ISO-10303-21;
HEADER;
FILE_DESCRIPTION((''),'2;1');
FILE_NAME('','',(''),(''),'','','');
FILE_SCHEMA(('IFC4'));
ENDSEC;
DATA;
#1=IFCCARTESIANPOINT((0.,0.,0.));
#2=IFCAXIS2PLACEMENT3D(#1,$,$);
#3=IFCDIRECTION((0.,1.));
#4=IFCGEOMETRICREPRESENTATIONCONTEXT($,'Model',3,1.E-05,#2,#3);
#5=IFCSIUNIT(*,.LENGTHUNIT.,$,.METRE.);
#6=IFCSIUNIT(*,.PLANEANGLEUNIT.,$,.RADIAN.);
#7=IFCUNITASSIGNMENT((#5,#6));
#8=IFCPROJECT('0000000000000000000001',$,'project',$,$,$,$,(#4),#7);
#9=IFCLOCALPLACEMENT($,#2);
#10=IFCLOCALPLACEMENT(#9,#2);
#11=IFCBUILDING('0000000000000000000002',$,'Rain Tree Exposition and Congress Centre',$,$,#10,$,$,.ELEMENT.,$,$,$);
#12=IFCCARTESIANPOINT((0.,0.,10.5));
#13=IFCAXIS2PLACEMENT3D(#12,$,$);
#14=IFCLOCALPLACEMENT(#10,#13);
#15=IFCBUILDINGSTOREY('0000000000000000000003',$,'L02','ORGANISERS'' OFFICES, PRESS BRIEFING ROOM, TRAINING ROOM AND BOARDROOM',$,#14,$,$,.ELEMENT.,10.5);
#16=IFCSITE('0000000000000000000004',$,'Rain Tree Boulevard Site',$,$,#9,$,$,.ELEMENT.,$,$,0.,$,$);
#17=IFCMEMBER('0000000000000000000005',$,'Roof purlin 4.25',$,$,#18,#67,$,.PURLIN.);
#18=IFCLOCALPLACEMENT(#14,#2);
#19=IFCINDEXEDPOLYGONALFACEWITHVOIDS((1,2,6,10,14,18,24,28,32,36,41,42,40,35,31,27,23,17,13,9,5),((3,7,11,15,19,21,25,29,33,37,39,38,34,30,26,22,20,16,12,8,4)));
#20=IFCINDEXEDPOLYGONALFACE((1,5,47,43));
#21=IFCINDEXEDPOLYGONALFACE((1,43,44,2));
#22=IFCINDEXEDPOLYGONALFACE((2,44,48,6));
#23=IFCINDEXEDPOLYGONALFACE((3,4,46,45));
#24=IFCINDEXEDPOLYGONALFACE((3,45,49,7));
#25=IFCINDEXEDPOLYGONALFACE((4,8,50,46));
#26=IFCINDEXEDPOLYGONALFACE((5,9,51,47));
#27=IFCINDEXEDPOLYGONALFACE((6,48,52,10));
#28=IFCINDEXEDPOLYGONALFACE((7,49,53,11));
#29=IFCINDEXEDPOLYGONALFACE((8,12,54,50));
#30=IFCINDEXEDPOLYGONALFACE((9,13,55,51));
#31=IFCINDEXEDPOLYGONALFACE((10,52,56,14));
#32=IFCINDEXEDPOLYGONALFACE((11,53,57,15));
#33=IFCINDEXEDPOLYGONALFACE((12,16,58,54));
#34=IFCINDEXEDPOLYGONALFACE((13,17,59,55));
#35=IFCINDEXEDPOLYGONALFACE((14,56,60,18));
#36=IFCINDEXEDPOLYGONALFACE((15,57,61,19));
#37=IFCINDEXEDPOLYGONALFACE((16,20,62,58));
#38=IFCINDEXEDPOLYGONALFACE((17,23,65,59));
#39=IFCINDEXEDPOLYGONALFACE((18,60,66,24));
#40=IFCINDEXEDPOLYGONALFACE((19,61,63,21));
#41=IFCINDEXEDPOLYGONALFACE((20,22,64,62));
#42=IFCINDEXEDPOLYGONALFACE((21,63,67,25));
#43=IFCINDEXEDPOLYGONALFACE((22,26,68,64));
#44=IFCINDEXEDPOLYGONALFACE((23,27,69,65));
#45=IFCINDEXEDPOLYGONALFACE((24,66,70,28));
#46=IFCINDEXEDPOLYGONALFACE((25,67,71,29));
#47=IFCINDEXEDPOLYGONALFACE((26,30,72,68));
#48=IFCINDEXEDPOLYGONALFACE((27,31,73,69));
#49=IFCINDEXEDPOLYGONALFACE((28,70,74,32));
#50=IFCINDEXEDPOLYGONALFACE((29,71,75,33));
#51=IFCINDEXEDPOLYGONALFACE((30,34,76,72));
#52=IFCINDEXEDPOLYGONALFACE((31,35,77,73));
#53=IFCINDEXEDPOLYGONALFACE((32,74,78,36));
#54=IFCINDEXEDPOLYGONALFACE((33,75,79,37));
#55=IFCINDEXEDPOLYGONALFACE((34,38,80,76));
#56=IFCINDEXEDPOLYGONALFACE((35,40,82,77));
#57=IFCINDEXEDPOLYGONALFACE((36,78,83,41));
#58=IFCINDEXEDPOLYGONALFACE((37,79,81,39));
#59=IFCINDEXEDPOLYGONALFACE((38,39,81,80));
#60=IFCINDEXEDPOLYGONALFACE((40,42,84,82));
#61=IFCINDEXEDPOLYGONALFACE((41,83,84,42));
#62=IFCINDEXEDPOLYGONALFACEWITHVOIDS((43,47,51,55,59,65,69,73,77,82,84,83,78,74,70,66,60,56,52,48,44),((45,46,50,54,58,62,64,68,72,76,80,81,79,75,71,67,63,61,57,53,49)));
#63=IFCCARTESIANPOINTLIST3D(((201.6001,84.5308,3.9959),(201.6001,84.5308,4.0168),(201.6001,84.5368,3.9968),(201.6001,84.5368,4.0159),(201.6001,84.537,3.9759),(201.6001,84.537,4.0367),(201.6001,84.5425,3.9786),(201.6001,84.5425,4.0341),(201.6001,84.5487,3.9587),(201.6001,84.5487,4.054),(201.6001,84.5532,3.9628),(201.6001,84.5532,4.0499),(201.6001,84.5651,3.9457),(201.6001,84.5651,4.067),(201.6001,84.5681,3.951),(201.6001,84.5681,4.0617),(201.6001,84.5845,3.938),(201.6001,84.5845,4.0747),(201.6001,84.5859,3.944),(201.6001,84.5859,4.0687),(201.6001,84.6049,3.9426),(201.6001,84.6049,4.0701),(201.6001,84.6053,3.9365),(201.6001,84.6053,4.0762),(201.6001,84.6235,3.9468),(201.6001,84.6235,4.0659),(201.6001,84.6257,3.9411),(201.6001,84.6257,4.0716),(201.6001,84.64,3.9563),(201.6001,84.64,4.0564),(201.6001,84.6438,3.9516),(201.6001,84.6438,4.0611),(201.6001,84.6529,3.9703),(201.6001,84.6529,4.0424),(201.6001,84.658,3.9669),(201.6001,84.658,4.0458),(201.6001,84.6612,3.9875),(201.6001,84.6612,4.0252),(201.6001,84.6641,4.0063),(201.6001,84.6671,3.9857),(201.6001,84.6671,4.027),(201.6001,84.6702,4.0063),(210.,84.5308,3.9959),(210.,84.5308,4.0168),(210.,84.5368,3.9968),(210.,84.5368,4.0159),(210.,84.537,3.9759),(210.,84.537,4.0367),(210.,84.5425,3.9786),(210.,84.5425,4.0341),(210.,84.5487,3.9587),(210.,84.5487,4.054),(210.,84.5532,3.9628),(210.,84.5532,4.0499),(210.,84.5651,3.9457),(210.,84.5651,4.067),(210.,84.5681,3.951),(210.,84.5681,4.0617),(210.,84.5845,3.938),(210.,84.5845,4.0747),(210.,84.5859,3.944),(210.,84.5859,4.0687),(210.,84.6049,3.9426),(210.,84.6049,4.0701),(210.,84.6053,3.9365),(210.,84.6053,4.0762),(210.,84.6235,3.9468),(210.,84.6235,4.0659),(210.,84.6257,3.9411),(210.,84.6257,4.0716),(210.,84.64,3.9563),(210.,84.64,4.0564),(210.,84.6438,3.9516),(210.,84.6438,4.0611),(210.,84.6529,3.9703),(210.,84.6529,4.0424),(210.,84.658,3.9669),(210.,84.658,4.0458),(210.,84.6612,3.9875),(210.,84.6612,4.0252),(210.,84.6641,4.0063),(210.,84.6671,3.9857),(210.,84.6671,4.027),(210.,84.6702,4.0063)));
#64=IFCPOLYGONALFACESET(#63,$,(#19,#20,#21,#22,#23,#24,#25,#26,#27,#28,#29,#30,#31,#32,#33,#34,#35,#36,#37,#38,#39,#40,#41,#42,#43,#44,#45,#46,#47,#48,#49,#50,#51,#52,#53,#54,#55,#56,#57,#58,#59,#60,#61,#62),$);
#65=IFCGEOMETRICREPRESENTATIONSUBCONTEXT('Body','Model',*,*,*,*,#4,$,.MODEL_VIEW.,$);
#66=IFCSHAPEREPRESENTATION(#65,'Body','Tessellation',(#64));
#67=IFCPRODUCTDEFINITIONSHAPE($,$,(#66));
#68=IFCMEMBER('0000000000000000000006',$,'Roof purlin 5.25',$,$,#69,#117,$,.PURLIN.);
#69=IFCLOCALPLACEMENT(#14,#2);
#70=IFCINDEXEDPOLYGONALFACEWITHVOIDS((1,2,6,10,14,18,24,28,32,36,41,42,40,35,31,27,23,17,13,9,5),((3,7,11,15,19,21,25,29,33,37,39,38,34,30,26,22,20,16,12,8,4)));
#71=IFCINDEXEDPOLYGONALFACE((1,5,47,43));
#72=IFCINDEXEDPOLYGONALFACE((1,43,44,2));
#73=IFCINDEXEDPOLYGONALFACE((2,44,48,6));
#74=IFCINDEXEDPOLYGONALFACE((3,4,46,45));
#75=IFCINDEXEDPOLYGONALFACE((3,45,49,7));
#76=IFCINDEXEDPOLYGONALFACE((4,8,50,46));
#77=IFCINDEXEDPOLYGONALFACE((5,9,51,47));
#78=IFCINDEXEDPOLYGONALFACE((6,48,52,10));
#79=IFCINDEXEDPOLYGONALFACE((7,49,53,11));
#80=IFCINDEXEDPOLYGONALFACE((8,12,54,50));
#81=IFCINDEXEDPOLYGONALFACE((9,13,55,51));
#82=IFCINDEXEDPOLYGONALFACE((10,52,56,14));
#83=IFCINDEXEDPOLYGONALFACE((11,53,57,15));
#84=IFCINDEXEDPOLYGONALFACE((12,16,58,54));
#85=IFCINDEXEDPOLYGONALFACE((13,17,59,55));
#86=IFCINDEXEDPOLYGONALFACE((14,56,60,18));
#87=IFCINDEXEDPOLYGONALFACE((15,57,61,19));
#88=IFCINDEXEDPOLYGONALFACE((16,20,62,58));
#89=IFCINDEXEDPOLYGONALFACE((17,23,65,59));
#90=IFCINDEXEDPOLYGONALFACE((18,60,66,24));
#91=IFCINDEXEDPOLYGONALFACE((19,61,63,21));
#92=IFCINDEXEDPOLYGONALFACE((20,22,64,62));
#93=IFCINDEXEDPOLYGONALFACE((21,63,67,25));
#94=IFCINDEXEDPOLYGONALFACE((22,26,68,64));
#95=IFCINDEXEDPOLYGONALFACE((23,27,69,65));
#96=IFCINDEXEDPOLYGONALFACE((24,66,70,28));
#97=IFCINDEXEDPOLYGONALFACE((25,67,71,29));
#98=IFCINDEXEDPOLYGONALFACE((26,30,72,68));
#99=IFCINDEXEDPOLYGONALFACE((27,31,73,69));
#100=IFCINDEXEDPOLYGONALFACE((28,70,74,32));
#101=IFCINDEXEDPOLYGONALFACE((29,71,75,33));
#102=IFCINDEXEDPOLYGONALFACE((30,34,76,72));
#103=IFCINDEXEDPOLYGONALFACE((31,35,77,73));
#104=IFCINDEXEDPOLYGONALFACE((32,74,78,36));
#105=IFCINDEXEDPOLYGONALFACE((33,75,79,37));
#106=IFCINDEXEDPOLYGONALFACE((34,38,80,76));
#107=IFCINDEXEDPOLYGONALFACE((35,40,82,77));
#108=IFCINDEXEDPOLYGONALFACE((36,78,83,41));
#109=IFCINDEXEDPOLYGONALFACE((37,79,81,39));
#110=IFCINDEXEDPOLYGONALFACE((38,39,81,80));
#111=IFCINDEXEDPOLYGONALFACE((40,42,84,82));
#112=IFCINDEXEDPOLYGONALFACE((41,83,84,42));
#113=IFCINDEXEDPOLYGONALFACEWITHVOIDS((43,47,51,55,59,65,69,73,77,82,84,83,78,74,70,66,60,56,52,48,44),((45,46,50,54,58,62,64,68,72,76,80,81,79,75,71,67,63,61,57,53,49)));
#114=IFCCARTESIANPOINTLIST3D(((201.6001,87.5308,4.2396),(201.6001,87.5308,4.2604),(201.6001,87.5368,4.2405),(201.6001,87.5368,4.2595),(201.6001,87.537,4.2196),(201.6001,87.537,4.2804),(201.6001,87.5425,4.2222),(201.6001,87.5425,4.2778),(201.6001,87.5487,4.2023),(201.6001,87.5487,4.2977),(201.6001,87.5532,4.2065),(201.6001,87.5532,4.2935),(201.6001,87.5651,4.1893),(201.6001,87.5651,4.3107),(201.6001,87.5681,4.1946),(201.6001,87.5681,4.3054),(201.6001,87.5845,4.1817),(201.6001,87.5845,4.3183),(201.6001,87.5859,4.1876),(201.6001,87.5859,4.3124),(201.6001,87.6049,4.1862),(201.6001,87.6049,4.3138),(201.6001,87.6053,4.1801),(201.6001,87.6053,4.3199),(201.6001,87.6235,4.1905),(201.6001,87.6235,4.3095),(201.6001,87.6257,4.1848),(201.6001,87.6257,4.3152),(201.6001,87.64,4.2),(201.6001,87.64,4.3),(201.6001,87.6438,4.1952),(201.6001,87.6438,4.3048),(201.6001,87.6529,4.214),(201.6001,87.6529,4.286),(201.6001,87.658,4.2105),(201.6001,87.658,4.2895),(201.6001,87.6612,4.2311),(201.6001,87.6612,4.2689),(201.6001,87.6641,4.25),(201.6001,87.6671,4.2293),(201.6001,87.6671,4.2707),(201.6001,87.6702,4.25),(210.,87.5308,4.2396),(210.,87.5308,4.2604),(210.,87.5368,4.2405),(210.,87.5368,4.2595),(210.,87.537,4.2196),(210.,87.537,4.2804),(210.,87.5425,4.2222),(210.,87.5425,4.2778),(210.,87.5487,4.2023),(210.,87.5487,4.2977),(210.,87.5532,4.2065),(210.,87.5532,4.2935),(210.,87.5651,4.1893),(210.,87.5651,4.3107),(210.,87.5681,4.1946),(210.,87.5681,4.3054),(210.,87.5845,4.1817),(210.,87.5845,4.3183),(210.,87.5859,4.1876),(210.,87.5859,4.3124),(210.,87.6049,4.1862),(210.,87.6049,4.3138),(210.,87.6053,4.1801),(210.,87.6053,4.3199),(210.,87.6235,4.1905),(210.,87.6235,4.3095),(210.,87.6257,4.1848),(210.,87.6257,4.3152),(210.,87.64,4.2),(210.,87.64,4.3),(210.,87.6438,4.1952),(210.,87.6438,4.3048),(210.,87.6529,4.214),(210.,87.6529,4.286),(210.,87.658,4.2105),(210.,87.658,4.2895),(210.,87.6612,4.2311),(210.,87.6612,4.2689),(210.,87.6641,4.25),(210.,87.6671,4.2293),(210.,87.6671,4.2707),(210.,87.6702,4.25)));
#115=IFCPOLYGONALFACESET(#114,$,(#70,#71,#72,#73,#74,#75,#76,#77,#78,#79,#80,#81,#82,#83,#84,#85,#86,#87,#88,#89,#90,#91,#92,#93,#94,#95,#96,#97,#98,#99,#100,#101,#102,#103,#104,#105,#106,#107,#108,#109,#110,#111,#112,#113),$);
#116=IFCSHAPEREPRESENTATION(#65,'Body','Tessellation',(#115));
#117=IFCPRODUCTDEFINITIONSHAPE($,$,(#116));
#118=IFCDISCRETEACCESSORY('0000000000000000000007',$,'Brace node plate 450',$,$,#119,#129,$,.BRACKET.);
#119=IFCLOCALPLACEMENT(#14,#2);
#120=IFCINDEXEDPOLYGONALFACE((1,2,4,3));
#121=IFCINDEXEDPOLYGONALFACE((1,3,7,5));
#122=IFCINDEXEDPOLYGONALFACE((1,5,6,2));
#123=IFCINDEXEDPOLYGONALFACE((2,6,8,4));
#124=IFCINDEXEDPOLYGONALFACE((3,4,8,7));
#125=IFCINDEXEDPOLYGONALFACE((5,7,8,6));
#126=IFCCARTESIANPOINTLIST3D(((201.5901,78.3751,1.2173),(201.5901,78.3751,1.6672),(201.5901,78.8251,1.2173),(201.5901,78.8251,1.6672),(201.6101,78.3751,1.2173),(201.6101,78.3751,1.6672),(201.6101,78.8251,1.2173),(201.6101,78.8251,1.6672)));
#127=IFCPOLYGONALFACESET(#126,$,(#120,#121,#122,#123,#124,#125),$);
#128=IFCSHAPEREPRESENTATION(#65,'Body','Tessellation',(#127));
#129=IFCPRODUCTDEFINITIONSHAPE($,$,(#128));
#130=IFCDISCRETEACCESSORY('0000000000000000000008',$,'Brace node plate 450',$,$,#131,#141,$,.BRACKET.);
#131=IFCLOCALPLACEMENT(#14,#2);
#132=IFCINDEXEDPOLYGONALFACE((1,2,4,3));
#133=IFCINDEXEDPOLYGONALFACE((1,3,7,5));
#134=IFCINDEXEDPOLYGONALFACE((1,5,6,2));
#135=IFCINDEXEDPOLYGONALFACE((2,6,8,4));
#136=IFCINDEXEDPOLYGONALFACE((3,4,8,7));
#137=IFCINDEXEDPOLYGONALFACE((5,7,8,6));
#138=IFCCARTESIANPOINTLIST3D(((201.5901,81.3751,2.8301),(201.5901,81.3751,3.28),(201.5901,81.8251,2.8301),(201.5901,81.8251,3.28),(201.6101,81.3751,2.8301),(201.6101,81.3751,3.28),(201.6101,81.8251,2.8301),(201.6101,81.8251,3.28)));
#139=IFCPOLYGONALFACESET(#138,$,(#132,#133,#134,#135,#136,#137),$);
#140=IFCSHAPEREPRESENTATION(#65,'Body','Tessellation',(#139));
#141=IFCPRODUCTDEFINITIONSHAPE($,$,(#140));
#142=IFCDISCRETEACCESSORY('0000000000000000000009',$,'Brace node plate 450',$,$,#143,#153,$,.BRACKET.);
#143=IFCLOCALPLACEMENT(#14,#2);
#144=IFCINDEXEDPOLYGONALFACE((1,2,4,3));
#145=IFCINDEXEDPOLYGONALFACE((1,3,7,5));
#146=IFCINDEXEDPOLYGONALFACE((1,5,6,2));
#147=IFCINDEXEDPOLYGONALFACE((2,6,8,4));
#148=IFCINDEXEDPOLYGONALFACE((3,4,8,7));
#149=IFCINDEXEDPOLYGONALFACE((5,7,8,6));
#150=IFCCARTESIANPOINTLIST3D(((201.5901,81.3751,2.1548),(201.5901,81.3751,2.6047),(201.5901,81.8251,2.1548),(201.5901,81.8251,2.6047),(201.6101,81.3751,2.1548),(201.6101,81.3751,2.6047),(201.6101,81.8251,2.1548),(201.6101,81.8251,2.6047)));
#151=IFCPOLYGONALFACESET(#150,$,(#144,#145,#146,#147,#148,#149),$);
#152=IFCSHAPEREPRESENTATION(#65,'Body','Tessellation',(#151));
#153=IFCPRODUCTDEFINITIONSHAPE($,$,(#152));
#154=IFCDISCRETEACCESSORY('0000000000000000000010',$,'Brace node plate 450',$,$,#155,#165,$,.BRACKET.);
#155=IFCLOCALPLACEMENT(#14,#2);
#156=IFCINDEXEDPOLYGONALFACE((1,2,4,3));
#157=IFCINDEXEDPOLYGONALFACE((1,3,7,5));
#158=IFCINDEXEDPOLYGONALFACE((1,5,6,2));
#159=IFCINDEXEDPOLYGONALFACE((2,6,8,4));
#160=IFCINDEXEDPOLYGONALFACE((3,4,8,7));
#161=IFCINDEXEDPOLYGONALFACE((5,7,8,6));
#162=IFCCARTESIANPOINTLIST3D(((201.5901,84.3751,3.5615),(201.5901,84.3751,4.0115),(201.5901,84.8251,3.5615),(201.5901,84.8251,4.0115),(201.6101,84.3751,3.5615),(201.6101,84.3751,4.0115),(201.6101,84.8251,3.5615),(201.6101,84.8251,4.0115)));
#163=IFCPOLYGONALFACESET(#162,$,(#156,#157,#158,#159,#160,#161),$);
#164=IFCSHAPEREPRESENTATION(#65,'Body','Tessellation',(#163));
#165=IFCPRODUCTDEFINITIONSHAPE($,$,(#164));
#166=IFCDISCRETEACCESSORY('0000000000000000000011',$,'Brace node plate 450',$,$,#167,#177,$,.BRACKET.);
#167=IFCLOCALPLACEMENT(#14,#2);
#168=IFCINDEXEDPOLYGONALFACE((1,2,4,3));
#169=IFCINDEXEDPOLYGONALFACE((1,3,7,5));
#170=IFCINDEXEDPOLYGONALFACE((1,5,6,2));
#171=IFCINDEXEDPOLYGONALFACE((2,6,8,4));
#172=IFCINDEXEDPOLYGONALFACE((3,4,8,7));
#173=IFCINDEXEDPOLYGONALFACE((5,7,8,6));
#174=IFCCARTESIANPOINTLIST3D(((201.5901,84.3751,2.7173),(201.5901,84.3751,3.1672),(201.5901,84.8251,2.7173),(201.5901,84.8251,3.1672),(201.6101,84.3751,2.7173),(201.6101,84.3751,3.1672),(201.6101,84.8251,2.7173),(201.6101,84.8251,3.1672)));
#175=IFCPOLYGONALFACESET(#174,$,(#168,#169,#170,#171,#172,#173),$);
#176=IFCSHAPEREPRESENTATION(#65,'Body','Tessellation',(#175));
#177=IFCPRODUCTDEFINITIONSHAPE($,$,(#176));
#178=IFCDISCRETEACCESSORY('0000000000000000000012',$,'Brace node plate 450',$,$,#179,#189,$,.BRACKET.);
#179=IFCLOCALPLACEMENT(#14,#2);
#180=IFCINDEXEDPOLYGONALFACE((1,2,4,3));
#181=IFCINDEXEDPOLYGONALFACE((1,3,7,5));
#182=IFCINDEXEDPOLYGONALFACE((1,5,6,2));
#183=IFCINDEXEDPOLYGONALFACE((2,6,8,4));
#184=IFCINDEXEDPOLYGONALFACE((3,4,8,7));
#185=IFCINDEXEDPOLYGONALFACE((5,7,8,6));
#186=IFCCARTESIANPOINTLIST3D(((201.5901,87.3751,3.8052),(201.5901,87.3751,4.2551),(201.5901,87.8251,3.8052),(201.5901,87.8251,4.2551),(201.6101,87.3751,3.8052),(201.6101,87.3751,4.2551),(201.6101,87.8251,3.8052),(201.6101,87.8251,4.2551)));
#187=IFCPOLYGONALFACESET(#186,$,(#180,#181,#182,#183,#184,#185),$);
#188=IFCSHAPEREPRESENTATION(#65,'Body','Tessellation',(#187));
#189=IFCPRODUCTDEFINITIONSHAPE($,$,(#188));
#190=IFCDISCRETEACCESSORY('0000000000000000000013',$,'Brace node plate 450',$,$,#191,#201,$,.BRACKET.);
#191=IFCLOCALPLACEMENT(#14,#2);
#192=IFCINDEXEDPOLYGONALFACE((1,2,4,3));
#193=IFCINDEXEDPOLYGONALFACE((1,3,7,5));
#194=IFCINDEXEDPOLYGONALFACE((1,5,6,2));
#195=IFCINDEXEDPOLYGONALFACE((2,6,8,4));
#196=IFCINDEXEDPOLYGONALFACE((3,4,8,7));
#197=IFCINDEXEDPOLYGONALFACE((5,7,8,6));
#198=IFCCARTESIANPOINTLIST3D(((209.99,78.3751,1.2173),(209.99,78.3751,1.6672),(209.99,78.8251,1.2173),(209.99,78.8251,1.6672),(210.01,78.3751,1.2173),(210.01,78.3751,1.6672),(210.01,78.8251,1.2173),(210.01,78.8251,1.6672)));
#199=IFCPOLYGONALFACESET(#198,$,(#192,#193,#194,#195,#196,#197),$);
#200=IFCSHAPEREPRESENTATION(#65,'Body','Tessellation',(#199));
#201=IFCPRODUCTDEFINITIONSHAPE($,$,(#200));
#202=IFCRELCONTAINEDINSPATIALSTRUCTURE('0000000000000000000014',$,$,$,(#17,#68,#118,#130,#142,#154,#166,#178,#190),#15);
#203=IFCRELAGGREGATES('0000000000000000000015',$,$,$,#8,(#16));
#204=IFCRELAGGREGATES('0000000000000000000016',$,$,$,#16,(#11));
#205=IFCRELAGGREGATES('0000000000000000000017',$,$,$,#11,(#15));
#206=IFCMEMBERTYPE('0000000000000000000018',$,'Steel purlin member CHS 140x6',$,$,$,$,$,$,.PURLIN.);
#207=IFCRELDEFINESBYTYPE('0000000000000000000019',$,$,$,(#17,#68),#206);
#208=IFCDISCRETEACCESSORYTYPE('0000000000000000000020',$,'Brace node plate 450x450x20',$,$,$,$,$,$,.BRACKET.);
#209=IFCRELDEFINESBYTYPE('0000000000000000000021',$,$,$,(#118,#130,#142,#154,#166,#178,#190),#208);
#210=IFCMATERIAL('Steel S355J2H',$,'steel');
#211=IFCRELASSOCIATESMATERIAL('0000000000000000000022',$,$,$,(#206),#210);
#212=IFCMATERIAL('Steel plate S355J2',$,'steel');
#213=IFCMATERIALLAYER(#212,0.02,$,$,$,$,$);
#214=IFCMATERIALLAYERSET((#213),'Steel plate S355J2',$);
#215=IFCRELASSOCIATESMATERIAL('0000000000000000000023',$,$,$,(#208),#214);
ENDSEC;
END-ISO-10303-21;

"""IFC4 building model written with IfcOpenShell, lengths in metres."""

from ifc_helpers import new_model, si_unit, direction, frame, origin, origin_2d, place, context, subcontext, project, spatial, rectangle, hollow_circle, extrude, material, layer, layer_set, material_profile, profile_set, type_object, element, save


model = new_model("IFC4")

# Units and contexts
model_context = context("Model", 3, precision=1e-05, world=origin(), true_north=direction((0.0, 1.0)))
body_context = subcontext(model_context, "Body", "Model", "MODEL_VIEW")
ifc_project = project(units=[si_unit("LENGTHUNIT", "METRE"), si_unit("PLANEANGLEUNIT", "RADIAN")], contexts=[model_context])

# Site, building, storey
site_placement = place(None, origin())
site = spatial("IfcSite", under=ifc_project, at=site_placement, Name="Rain Tree Boulevard Site", CompositionType="ELEMENT", RefElevation=0.0)
building_placement = place(site_placement, origin())
building = spatial("IfcBuilding", under=site, at=building_placement, Name="Rain Tree Exposition and Congress Centre", CompositionType="ELEMENT")
storey_placement = place(building_placement, frame((0.0, 0.0, 10.5)))
storey = spatial("IfcBuildingStorey", under=building, at=storey_placement, Name="L02", Description="ORGANISERS' OFFICES, PRESS BRIEFING ROOM, TRAINING ROOM AND BOARDROOM", CompositionType="ELEMENT", Elevation=10.5)

# Members
ifc_material_1 = material(Name="Steel S355J2H", Category="steel")
ifc_material_profile_1 = material_profile(ifc_material_1, hollow_circle(Radius=0.0701, WallThickness=0.0061, at=origin_2d()), Name="CHS 140x6")
ifc_profile_set_1 = profile_set([ifc_material_profile_1], Name="Steel S355J2H")
member_type_1 = type_object("IfcMemberType", Name="Steel purlin member CHS 140x6", PredefinedType="PURLIN", material=ifc_profile_set_1)
for number, where, z_axis, x_axis, name in (
    (1, (201.6001, 84.6001, 4.0063), (1.0, 0.0, 0.0), (0.0, 1.0, 0.0), "Roof purlin 4.25"),
    (2, (201.6001, 87.6001, 4.25), (1.0, 0.0, 0.0), (0.0, 1.0, 0.0), "Roof purlin 5.25"),
):
    element("IfcMember", number, at=place(storey_placement, frame(where, z_axis=z_axis, x_axis=x_axis)), inside=storey, type_object=member_type_1, Name=name, PredefinedType="PURLIN", context=body_context, shape_type="SweptSolid", body=[
        extrude(hollow_circle(Radius=0.0701, WallThickness=0.0061, at=origin_2d()), origin(), (0.0, 0.0, 1.0), 8.3999),
    ])

# Discrete accessories
ifc_material_2 = material(Name="Steel plate S355J2", Category="steel")
ifc_layer = layer(ifc_material_2, 0.02)
ifc_layer_set = layer_set([ifc_layer], Name="Steel plate S355J2")
discrete_accessory_type = type_object("IfcDiscreteAccessoryType", Name="Brace node plate 450x450x20", PredefinedType="BRACKET", material=ifc_layer_set)
for number, where, z_axis, x_axis, name in (
    (3, (201.6001, 78.6001, 1.2173), (0.0, 0.0, 1.0), (0.0, 1.0, 0.0), "Brace node plate 450"),
    (4, (201.6001, 81.6001, 2.8301), (0.0, 0.0, 1.0), (0.0, -1.0, 0.0), "Brace node plate 450"),
    (5, (201.6001, 81.6001, 2.1548), (0.0, 0.0, 1.0), (0.0, 1.0, 0.0), "Brace node plate 450"),
    (6, (201.6001, 84.6001, 3.5615), (0.0, 0.0, 1.0), (0.0, -1.0, 0.0), "Brace node plate 450"),
    (7, (201.6001, 84.6001, 2.7173), (0.0, 0.0, 1.0), (0.0, 1.0, 0.0), "Brace node plate 450"),
    (8, (201.6001, 87.6001, 3.8052), (0.0, 0.0, 1.0), (0.0, 1.0, 0.0), "Brace node plate 450"),
    (9, (210.0, 78.6001, 1.2173), (0.0, 0.0, 1.0), (0.0, 1.0, 0.0), "Brace node plate 450"),
):
    element("IfcDiscreteAccessory", number, at=place(storey_placement, frame(where, z_axis=z_axis, x_axis=x_axis)), inside=storey, type_object=discrete_accessory_type, Name=name, PredefinedType="BRACKET", context=body_context, shape_type="SweptSolid", body=[
        extrude(rectangle(XDim=0.45, YDim=0.02, at=origin_2d()), origin(), (0.0, 0.0, 1.0), 0.45),
    ])

save(model, "model.ifc")
